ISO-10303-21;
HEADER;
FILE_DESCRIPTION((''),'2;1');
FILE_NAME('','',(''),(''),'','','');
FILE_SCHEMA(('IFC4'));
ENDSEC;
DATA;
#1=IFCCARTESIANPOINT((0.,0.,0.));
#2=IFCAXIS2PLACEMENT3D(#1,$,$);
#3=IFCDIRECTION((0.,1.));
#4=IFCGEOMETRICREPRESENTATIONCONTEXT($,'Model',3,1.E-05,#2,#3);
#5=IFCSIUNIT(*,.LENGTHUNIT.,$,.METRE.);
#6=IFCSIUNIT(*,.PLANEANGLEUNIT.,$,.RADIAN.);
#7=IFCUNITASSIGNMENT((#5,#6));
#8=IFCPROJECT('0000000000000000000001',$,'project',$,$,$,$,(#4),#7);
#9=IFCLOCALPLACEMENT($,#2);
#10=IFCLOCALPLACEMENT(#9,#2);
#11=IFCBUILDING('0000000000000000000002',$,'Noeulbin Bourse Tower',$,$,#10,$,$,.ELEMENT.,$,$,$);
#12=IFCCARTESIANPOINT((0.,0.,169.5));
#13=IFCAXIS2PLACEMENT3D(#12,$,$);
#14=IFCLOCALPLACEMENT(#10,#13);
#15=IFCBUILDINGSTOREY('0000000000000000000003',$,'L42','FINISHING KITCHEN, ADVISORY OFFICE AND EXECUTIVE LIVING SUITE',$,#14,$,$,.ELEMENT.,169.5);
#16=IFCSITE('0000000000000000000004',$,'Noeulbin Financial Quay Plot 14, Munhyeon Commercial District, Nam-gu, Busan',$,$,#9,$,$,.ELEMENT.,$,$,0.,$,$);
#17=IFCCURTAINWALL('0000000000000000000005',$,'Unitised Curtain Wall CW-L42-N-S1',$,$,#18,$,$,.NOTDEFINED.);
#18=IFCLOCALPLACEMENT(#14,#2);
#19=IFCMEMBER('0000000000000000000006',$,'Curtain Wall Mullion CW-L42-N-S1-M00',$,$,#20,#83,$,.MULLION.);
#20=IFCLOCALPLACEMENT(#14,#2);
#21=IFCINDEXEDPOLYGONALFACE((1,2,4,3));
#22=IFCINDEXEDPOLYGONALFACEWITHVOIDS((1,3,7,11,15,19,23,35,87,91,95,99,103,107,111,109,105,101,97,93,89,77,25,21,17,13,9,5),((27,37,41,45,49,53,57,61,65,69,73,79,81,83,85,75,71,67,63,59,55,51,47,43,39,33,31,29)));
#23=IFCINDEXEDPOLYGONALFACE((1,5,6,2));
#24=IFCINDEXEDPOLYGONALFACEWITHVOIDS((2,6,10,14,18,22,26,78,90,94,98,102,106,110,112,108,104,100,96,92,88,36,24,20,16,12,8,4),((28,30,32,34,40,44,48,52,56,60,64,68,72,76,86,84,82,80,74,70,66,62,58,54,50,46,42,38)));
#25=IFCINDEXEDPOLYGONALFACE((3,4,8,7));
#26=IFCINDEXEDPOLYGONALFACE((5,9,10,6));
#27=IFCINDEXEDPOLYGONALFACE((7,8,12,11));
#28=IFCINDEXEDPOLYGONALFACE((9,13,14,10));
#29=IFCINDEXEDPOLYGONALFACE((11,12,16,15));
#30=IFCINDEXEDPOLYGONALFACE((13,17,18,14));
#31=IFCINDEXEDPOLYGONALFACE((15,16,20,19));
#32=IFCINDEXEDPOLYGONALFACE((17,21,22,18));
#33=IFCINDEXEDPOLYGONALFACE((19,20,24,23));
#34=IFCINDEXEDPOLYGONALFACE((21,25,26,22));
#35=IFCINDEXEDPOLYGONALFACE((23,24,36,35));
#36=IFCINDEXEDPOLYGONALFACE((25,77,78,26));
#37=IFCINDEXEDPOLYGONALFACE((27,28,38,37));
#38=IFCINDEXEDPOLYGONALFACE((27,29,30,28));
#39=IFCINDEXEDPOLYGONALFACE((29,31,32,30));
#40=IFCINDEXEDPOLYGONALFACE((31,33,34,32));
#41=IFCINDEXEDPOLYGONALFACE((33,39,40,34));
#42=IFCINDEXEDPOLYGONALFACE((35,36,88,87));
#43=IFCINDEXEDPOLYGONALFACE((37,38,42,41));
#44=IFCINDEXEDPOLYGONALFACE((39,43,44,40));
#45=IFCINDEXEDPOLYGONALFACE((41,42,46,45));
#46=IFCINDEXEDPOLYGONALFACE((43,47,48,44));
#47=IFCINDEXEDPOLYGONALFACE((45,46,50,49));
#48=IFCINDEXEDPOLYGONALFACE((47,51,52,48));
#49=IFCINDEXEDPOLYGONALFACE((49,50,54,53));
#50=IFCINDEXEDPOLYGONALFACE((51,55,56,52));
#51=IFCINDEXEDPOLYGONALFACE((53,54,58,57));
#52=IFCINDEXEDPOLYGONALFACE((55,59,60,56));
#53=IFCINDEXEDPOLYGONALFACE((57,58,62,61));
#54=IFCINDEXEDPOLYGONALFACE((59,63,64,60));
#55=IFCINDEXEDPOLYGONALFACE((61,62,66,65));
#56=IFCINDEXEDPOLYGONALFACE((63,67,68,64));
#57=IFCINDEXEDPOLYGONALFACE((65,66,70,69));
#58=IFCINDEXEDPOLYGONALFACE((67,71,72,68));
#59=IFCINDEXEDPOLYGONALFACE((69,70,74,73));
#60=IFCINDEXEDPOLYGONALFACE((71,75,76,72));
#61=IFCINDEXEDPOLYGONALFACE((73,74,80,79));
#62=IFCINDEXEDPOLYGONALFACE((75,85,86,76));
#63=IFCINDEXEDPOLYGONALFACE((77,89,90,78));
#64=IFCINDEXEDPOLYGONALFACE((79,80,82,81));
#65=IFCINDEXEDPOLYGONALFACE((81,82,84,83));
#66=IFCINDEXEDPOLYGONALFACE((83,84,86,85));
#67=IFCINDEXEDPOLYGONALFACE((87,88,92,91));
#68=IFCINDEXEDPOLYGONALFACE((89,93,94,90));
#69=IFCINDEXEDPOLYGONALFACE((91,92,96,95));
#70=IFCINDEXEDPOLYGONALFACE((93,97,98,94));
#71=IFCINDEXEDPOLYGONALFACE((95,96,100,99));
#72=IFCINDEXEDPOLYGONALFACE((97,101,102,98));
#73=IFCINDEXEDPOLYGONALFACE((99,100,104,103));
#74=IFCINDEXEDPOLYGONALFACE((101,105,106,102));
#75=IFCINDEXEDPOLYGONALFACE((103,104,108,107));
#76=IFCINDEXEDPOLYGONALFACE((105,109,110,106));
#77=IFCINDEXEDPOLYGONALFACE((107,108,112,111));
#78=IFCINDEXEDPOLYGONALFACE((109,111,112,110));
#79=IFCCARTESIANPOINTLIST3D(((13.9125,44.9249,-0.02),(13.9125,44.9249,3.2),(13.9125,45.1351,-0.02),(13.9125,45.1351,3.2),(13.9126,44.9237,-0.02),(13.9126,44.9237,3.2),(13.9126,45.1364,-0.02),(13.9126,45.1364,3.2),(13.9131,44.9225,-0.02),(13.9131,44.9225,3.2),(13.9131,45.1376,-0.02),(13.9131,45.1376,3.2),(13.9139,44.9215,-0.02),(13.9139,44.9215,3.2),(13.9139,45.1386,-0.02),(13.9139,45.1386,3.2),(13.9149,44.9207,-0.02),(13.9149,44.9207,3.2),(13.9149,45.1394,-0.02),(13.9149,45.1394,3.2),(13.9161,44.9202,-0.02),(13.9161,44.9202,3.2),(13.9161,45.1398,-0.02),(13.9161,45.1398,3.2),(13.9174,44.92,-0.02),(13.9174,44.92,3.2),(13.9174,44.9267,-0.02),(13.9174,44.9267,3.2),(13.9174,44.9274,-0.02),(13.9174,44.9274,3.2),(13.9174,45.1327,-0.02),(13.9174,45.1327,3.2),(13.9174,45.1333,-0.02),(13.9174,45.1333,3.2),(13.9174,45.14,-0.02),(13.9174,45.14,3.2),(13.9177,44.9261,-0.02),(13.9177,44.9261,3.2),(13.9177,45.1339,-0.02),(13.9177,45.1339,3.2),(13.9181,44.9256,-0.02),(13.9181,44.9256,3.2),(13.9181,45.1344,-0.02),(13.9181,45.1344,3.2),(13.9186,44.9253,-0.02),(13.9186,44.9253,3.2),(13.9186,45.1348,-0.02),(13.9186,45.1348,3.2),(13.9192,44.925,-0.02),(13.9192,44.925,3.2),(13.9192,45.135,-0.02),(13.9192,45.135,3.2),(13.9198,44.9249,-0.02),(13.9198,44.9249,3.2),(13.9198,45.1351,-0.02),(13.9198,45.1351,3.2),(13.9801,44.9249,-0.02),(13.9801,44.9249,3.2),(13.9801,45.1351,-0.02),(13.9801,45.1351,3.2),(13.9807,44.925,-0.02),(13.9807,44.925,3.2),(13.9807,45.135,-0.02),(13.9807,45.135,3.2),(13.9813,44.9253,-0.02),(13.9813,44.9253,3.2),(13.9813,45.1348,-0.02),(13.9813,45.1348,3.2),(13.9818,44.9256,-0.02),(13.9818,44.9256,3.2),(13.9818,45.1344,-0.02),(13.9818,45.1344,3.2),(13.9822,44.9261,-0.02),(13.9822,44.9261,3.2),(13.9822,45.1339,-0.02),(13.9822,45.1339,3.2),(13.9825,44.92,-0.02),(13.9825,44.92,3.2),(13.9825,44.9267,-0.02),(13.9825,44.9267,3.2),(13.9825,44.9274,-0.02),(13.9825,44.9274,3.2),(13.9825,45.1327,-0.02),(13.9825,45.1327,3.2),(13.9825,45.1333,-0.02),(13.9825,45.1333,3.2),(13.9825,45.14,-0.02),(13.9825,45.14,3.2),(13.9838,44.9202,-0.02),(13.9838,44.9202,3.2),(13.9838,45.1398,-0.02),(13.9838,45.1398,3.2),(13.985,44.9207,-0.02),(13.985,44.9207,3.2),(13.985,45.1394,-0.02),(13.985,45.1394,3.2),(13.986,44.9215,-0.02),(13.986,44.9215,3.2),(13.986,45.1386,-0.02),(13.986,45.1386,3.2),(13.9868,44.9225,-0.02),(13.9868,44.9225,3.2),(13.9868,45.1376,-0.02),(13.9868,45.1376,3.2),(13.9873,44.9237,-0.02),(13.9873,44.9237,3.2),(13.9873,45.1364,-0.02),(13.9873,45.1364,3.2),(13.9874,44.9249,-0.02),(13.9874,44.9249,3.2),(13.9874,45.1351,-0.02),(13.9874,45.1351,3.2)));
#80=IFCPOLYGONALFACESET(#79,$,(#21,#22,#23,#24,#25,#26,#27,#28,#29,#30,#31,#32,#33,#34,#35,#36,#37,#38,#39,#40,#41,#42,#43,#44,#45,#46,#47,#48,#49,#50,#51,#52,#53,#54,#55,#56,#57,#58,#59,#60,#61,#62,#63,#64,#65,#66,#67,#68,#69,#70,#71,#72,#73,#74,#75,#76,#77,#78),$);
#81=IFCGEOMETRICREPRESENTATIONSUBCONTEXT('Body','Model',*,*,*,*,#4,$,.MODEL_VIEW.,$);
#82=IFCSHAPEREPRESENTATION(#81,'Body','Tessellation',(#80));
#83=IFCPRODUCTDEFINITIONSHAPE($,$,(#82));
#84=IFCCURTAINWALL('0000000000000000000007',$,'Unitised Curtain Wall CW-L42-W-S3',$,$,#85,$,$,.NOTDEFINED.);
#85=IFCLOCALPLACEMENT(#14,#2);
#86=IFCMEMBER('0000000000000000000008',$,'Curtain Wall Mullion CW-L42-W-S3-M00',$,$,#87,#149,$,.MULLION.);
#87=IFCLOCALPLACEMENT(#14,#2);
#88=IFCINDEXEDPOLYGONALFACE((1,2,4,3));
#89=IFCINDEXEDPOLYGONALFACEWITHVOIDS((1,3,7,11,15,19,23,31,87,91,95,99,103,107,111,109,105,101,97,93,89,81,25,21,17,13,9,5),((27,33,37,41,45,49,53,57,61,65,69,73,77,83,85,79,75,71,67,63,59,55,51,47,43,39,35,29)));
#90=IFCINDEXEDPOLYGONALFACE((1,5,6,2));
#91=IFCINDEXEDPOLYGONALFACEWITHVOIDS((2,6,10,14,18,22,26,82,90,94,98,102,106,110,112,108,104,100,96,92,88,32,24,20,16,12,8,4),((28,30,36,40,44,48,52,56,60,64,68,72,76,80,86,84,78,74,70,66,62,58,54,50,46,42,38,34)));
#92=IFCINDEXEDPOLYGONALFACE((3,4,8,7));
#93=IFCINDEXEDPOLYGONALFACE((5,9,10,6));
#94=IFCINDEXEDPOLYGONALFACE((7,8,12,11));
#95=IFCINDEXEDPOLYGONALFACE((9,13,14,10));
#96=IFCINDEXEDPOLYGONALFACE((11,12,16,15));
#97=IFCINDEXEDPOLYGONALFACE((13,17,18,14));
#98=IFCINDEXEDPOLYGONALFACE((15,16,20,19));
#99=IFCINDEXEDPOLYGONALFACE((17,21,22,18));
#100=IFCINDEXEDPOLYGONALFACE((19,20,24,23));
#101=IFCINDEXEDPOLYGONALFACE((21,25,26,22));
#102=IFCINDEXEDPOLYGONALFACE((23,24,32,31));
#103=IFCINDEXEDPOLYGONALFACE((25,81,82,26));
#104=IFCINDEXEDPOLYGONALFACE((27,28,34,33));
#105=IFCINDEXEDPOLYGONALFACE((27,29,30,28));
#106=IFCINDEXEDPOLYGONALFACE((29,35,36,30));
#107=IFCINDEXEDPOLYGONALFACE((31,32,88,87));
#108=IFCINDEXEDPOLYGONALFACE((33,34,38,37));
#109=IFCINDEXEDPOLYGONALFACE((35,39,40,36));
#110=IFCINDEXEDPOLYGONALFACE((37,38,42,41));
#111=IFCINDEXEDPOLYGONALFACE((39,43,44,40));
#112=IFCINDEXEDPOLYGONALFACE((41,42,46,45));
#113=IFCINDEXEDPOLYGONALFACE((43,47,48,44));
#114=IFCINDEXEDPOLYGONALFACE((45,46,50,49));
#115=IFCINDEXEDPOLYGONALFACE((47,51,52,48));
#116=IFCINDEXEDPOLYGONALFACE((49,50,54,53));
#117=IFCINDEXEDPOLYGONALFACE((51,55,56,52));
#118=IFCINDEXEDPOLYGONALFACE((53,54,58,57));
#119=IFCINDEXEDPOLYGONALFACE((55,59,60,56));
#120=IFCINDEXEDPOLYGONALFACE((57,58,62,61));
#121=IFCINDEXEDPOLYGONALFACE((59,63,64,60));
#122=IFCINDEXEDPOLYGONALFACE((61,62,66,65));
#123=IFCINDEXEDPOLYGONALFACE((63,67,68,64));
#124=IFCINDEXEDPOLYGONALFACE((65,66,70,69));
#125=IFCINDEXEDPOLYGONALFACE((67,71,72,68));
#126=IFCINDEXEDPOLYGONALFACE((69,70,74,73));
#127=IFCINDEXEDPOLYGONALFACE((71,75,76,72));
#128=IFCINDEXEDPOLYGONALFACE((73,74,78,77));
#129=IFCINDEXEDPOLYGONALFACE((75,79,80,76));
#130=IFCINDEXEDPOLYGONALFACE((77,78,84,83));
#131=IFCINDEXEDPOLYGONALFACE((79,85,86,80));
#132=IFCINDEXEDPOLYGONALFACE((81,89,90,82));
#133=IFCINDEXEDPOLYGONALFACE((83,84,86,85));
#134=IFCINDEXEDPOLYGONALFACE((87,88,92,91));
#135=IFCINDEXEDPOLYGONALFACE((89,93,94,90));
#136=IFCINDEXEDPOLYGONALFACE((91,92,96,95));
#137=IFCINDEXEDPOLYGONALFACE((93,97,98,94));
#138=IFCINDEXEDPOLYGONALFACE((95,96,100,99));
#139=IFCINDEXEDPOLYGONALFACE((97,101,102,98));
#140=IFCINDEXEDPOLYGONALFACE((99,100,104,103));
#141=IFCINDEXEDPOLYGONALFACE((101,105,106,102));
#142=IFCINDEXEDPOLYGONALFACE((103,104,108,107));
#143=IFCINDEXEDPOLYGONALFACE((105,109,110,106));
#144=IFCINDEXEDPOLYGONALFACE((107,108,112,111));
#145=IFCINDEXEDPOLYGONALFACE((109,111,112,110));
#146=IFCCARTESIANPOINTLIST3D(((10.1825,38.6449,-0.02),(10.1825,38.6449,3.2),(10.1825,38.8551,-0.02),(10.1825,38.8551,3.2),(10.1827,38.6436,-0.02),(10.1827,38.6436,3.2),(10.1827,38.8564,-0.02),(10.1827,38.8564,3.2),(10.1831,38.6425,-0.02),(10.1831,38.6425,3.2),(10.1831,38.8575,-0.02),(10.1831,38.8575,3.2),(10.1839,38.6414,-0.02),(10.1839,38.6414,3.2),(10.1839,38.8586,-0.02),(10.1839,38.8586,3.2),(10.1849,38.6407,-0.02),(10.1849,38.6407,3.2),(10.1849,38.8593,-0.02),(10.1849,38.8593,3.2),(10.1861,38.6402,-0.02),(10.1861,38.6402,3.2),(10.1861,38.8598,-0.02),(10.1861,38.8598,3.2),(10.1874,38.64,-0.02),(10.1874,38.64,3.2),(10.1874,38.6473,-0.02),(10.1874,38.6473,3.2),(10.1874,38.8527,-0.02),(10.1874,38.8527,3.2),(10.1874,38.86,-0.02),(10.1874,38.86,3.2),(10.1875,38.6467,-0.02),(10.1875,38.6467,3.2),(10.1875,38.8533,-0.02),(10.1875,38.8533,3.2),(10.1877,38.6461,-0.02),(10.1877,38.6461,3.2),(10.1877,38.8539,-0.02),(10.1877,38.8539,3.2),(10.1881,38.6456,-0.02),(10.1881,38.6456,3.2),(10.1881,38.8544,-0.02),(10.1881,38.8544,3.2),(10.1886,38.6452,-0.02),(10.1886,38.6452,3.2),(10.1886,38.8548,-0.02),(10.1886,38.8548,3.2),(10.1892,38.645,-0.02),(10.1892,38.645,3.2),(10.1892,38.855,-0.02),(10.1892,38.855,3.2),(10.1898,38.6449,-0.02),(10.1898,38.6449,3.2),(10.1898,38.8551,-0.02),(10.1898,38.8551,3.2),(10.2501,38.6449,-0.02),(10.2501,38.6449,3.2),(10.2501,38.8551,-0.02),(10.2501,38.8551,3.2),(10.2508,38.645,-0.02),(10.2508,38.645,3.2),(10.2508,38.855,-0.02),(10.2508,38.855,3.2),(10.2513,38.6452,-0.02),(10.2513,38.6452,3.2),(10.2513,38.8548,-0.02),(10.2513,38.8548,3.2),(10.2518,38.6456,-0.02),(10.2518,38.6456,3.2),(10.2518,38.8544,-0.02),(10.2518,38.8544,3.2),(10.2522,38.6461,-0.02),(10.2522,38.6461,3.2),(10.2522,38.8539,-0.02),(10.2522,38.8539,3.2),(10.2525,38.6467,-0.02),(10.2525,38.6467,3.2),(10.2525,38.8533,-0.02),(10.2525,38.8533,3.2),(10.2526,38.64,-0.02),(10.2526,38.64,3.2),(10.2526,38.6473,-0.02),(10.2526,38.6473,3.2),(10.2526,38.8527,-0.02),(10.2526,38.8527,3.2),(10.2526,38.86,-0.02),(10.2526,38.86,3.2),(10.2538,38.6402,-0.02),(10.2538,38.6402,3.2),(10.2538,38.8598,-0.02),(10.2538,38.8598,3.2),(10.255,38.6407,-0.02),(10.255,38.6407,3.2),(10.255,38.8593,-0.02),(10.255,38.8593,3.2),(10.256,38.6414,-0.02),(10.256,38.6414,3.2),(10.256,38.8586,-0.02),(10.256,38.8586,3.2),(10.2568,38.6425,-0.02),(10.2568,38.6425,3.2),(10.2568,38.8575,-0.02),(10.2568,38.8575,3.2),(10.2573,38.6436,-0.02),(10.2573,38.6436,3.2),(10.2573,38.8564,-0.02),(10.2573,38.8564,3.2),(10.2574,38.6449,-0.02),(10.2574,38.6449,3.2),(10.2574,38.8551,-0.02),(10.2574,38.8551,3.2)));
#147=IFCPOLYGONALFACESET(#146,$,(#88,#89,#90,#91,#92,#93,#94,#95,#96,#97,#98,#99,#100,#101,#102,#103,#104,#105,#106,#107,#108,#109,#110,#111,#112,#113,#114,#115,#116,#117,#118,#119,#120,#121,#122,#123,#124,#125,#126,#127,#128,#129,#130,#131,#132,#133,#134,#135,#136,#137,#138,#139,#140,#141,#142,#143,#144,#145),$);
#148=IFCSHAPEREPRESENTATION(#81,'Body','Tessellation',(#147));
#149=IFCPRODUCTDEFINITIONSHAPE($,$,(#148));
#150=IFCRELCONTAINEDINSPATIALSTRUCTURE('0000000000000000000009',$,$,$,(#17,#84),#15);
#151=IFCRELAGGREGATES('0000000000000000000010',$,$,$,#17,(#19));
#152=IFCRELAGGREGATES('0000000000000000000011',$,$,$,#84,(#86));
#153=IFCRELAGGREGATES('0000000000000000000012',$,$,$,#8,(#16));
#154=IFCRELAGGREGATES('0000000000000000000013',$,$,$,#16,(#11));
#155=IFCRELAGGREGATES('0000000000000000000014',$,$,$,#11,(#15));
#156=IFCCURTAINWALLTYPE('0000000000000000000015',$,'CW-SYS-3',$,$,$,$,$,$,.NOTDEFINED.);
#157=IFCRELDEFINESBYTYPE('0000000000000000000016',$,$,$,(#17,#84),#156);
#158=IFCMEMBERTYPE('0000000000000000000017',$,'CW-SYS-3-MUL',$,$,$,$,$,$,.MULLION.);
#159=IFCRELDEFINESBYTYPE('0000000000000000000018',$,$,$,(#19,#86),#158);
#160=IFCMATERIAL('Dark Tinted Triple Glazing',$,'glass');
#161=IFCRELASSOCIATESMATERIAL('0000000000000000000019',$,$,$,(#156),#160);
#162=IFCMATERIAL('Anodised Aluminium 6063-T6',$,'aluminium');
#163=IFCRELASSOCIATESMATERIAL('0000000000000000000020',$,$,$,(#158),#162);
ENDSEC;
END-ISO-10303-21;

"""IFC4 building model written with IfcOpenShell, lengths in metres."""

from ifc_helpers import new_model, si_unit, direction, frame, origin, origin_2d, place, context, subcontext, project, spatial, hollow_rectangle, extrude, material, material_profile, profile_set, type_object, element, aggregate, save


model = new_model("IFC4")

# Units and contexts
model_context = context("Model", 3, precision=1e-05, world=origin(), true_north=direction((0.0, 1.0)))
body_context = subcontext(model_context, "Body", "Model", "MODEL_VIEW")
ifc_project = project(units=[si_unit("LENGTHUNIT", "METRE"), si_unit("PLANEANGLEUNIT", "RADIAN")], contexts=[model_context])

# Site, building, storey
site_placement = place(None, origin())
site = spatial("IfcSite", under=ifc_project, at=site_placement, Name="Noeulbin Financial Quay Plot 14, Munhyeon Commercial District, Nam-gu, Busan", CompositionType="ELEMENT", RefElevation=0.0)
building_placement = place(site_placement, origin())
building = spatial("IfcBuilding", under=site, at=building_placement, Name="Noeulbin Bourse Tower", CompositionType="ELEMENT")
storey_placement = place(building_placement, frame((0.0, 0.0, 169.5)))
storey = spatial("IfcBuildingStorey", under=building, at=storey_placement, Name="L42", Description="FINISHING KITCHEN, ADVISORY OFFICE AND EXECUTIVE LIVING SUITE", CompositionType="ELEMENT", Elevation=169.5)

# Curtain wall, member
ifc_material_1 = material(Name="Dark Tinted Triple Glazing", Category="glass")
curtain_wall_type = type_object("IfcCurtainWallType", Name="CW-SYS-3", PredefinedType="NOTDEFINED", material=ifc_material_1)
curtain_wall_1_placement = place(storey_placement, origin())
curtain_wall_1 = element("IfcCurtainWall", 1, at=curtain_wall_1_placement, inside=storey, type_object=curtain_wall_type, Name="Unitised Curtain Wall CW-L42-N-S1", PredefinedType="NOTDEFINED")
ifc_material_2 = material(Name="Anodised Aluminium 6063-T6", Category="aluminium")
ifc_material_profile_1 = material_profile(ifc_material_2, hollow_rectangle(XDim=0.075, YDim=0.22, WallThickness=0.0049, InnerFilletRadius=0.0024, OuterFilletRadius=0.0049, at=origin_2d()), Name="ALU-MULL-75x220x5", Category="LoadBearing")
ifc_profile_set_1 = profile_set([ifc_material_profile_1], Name="Anodised Aluminium 6063-T6")
member_type_1 = type_object("IfcMemberType", Name="CW-SYS-3-MUL", PredefinedType="MULLION", material=ifc_profile_set_1)
member_1_placement = place(storey_placement, frame((13.95, 45.03, -0.02), z_axis=(0.0, 0.0, 1.0), x_axis=(1.0, 0.0, 0.0)))
member_1 = element("IfcMember", 2, at=member_1_placement, type_object=member_type_1, Name="Curtain Wall Mullion CW-L42-N-S1-M00", PredefinedType="MULLION", context=body_context, shape_type="SweptSolid", body=[
    extrude(hollow_rectangle(XDim=0.075, YDim=0.22, WallThickness=0.0049, InnerFilletRadius=0.0024, OuterFilletRadius=0.0049, at=origin_2d()), origin(), (0.0, 0.0, 1.0), 3.22),
])

# Curtain wall, member
curtain_wall_2_placement = place(storey_placement, origin())
curtain_wall_2 = element("IfcCurtainWall", 3, at=curtain_wall_2_placement, inside=storey, type_object=curtain_wall_type, Name="Unitised Curtain Wall CW-L42-W-S3", PredefinedType="NOTDEFINED")
member_2_placement = place(storey_placement, frame((10.22, 38.75, -0.02), z_axis=(0.0, 0.0, 1.0), x_axis=(1.0, 0.0, 0.0)))
member_2 = element("IfcMember", 4, at=member_2_placement, type_object=member_type_1, Name="Curtain Wall Mullion CW-L42-W-S3-M00", PredefinedType="MULLION", context=body_context, shape_type="SweptSolid", body=[
    extrude(hollow_rectangle(XDim=0.075, YDim=0.22, WallThickness=0.0049, InnerFilletRadius=0.0024, OuterFilletRadius=0.0049, at=origin_2d()), origin(), (0.0, 0.0, 1.0), 3.22),
])

aggregate(curtain_wall_1, [member_1])

aggregate(curtain_wall_2, [member_2])

save(model, "model.ifc")
